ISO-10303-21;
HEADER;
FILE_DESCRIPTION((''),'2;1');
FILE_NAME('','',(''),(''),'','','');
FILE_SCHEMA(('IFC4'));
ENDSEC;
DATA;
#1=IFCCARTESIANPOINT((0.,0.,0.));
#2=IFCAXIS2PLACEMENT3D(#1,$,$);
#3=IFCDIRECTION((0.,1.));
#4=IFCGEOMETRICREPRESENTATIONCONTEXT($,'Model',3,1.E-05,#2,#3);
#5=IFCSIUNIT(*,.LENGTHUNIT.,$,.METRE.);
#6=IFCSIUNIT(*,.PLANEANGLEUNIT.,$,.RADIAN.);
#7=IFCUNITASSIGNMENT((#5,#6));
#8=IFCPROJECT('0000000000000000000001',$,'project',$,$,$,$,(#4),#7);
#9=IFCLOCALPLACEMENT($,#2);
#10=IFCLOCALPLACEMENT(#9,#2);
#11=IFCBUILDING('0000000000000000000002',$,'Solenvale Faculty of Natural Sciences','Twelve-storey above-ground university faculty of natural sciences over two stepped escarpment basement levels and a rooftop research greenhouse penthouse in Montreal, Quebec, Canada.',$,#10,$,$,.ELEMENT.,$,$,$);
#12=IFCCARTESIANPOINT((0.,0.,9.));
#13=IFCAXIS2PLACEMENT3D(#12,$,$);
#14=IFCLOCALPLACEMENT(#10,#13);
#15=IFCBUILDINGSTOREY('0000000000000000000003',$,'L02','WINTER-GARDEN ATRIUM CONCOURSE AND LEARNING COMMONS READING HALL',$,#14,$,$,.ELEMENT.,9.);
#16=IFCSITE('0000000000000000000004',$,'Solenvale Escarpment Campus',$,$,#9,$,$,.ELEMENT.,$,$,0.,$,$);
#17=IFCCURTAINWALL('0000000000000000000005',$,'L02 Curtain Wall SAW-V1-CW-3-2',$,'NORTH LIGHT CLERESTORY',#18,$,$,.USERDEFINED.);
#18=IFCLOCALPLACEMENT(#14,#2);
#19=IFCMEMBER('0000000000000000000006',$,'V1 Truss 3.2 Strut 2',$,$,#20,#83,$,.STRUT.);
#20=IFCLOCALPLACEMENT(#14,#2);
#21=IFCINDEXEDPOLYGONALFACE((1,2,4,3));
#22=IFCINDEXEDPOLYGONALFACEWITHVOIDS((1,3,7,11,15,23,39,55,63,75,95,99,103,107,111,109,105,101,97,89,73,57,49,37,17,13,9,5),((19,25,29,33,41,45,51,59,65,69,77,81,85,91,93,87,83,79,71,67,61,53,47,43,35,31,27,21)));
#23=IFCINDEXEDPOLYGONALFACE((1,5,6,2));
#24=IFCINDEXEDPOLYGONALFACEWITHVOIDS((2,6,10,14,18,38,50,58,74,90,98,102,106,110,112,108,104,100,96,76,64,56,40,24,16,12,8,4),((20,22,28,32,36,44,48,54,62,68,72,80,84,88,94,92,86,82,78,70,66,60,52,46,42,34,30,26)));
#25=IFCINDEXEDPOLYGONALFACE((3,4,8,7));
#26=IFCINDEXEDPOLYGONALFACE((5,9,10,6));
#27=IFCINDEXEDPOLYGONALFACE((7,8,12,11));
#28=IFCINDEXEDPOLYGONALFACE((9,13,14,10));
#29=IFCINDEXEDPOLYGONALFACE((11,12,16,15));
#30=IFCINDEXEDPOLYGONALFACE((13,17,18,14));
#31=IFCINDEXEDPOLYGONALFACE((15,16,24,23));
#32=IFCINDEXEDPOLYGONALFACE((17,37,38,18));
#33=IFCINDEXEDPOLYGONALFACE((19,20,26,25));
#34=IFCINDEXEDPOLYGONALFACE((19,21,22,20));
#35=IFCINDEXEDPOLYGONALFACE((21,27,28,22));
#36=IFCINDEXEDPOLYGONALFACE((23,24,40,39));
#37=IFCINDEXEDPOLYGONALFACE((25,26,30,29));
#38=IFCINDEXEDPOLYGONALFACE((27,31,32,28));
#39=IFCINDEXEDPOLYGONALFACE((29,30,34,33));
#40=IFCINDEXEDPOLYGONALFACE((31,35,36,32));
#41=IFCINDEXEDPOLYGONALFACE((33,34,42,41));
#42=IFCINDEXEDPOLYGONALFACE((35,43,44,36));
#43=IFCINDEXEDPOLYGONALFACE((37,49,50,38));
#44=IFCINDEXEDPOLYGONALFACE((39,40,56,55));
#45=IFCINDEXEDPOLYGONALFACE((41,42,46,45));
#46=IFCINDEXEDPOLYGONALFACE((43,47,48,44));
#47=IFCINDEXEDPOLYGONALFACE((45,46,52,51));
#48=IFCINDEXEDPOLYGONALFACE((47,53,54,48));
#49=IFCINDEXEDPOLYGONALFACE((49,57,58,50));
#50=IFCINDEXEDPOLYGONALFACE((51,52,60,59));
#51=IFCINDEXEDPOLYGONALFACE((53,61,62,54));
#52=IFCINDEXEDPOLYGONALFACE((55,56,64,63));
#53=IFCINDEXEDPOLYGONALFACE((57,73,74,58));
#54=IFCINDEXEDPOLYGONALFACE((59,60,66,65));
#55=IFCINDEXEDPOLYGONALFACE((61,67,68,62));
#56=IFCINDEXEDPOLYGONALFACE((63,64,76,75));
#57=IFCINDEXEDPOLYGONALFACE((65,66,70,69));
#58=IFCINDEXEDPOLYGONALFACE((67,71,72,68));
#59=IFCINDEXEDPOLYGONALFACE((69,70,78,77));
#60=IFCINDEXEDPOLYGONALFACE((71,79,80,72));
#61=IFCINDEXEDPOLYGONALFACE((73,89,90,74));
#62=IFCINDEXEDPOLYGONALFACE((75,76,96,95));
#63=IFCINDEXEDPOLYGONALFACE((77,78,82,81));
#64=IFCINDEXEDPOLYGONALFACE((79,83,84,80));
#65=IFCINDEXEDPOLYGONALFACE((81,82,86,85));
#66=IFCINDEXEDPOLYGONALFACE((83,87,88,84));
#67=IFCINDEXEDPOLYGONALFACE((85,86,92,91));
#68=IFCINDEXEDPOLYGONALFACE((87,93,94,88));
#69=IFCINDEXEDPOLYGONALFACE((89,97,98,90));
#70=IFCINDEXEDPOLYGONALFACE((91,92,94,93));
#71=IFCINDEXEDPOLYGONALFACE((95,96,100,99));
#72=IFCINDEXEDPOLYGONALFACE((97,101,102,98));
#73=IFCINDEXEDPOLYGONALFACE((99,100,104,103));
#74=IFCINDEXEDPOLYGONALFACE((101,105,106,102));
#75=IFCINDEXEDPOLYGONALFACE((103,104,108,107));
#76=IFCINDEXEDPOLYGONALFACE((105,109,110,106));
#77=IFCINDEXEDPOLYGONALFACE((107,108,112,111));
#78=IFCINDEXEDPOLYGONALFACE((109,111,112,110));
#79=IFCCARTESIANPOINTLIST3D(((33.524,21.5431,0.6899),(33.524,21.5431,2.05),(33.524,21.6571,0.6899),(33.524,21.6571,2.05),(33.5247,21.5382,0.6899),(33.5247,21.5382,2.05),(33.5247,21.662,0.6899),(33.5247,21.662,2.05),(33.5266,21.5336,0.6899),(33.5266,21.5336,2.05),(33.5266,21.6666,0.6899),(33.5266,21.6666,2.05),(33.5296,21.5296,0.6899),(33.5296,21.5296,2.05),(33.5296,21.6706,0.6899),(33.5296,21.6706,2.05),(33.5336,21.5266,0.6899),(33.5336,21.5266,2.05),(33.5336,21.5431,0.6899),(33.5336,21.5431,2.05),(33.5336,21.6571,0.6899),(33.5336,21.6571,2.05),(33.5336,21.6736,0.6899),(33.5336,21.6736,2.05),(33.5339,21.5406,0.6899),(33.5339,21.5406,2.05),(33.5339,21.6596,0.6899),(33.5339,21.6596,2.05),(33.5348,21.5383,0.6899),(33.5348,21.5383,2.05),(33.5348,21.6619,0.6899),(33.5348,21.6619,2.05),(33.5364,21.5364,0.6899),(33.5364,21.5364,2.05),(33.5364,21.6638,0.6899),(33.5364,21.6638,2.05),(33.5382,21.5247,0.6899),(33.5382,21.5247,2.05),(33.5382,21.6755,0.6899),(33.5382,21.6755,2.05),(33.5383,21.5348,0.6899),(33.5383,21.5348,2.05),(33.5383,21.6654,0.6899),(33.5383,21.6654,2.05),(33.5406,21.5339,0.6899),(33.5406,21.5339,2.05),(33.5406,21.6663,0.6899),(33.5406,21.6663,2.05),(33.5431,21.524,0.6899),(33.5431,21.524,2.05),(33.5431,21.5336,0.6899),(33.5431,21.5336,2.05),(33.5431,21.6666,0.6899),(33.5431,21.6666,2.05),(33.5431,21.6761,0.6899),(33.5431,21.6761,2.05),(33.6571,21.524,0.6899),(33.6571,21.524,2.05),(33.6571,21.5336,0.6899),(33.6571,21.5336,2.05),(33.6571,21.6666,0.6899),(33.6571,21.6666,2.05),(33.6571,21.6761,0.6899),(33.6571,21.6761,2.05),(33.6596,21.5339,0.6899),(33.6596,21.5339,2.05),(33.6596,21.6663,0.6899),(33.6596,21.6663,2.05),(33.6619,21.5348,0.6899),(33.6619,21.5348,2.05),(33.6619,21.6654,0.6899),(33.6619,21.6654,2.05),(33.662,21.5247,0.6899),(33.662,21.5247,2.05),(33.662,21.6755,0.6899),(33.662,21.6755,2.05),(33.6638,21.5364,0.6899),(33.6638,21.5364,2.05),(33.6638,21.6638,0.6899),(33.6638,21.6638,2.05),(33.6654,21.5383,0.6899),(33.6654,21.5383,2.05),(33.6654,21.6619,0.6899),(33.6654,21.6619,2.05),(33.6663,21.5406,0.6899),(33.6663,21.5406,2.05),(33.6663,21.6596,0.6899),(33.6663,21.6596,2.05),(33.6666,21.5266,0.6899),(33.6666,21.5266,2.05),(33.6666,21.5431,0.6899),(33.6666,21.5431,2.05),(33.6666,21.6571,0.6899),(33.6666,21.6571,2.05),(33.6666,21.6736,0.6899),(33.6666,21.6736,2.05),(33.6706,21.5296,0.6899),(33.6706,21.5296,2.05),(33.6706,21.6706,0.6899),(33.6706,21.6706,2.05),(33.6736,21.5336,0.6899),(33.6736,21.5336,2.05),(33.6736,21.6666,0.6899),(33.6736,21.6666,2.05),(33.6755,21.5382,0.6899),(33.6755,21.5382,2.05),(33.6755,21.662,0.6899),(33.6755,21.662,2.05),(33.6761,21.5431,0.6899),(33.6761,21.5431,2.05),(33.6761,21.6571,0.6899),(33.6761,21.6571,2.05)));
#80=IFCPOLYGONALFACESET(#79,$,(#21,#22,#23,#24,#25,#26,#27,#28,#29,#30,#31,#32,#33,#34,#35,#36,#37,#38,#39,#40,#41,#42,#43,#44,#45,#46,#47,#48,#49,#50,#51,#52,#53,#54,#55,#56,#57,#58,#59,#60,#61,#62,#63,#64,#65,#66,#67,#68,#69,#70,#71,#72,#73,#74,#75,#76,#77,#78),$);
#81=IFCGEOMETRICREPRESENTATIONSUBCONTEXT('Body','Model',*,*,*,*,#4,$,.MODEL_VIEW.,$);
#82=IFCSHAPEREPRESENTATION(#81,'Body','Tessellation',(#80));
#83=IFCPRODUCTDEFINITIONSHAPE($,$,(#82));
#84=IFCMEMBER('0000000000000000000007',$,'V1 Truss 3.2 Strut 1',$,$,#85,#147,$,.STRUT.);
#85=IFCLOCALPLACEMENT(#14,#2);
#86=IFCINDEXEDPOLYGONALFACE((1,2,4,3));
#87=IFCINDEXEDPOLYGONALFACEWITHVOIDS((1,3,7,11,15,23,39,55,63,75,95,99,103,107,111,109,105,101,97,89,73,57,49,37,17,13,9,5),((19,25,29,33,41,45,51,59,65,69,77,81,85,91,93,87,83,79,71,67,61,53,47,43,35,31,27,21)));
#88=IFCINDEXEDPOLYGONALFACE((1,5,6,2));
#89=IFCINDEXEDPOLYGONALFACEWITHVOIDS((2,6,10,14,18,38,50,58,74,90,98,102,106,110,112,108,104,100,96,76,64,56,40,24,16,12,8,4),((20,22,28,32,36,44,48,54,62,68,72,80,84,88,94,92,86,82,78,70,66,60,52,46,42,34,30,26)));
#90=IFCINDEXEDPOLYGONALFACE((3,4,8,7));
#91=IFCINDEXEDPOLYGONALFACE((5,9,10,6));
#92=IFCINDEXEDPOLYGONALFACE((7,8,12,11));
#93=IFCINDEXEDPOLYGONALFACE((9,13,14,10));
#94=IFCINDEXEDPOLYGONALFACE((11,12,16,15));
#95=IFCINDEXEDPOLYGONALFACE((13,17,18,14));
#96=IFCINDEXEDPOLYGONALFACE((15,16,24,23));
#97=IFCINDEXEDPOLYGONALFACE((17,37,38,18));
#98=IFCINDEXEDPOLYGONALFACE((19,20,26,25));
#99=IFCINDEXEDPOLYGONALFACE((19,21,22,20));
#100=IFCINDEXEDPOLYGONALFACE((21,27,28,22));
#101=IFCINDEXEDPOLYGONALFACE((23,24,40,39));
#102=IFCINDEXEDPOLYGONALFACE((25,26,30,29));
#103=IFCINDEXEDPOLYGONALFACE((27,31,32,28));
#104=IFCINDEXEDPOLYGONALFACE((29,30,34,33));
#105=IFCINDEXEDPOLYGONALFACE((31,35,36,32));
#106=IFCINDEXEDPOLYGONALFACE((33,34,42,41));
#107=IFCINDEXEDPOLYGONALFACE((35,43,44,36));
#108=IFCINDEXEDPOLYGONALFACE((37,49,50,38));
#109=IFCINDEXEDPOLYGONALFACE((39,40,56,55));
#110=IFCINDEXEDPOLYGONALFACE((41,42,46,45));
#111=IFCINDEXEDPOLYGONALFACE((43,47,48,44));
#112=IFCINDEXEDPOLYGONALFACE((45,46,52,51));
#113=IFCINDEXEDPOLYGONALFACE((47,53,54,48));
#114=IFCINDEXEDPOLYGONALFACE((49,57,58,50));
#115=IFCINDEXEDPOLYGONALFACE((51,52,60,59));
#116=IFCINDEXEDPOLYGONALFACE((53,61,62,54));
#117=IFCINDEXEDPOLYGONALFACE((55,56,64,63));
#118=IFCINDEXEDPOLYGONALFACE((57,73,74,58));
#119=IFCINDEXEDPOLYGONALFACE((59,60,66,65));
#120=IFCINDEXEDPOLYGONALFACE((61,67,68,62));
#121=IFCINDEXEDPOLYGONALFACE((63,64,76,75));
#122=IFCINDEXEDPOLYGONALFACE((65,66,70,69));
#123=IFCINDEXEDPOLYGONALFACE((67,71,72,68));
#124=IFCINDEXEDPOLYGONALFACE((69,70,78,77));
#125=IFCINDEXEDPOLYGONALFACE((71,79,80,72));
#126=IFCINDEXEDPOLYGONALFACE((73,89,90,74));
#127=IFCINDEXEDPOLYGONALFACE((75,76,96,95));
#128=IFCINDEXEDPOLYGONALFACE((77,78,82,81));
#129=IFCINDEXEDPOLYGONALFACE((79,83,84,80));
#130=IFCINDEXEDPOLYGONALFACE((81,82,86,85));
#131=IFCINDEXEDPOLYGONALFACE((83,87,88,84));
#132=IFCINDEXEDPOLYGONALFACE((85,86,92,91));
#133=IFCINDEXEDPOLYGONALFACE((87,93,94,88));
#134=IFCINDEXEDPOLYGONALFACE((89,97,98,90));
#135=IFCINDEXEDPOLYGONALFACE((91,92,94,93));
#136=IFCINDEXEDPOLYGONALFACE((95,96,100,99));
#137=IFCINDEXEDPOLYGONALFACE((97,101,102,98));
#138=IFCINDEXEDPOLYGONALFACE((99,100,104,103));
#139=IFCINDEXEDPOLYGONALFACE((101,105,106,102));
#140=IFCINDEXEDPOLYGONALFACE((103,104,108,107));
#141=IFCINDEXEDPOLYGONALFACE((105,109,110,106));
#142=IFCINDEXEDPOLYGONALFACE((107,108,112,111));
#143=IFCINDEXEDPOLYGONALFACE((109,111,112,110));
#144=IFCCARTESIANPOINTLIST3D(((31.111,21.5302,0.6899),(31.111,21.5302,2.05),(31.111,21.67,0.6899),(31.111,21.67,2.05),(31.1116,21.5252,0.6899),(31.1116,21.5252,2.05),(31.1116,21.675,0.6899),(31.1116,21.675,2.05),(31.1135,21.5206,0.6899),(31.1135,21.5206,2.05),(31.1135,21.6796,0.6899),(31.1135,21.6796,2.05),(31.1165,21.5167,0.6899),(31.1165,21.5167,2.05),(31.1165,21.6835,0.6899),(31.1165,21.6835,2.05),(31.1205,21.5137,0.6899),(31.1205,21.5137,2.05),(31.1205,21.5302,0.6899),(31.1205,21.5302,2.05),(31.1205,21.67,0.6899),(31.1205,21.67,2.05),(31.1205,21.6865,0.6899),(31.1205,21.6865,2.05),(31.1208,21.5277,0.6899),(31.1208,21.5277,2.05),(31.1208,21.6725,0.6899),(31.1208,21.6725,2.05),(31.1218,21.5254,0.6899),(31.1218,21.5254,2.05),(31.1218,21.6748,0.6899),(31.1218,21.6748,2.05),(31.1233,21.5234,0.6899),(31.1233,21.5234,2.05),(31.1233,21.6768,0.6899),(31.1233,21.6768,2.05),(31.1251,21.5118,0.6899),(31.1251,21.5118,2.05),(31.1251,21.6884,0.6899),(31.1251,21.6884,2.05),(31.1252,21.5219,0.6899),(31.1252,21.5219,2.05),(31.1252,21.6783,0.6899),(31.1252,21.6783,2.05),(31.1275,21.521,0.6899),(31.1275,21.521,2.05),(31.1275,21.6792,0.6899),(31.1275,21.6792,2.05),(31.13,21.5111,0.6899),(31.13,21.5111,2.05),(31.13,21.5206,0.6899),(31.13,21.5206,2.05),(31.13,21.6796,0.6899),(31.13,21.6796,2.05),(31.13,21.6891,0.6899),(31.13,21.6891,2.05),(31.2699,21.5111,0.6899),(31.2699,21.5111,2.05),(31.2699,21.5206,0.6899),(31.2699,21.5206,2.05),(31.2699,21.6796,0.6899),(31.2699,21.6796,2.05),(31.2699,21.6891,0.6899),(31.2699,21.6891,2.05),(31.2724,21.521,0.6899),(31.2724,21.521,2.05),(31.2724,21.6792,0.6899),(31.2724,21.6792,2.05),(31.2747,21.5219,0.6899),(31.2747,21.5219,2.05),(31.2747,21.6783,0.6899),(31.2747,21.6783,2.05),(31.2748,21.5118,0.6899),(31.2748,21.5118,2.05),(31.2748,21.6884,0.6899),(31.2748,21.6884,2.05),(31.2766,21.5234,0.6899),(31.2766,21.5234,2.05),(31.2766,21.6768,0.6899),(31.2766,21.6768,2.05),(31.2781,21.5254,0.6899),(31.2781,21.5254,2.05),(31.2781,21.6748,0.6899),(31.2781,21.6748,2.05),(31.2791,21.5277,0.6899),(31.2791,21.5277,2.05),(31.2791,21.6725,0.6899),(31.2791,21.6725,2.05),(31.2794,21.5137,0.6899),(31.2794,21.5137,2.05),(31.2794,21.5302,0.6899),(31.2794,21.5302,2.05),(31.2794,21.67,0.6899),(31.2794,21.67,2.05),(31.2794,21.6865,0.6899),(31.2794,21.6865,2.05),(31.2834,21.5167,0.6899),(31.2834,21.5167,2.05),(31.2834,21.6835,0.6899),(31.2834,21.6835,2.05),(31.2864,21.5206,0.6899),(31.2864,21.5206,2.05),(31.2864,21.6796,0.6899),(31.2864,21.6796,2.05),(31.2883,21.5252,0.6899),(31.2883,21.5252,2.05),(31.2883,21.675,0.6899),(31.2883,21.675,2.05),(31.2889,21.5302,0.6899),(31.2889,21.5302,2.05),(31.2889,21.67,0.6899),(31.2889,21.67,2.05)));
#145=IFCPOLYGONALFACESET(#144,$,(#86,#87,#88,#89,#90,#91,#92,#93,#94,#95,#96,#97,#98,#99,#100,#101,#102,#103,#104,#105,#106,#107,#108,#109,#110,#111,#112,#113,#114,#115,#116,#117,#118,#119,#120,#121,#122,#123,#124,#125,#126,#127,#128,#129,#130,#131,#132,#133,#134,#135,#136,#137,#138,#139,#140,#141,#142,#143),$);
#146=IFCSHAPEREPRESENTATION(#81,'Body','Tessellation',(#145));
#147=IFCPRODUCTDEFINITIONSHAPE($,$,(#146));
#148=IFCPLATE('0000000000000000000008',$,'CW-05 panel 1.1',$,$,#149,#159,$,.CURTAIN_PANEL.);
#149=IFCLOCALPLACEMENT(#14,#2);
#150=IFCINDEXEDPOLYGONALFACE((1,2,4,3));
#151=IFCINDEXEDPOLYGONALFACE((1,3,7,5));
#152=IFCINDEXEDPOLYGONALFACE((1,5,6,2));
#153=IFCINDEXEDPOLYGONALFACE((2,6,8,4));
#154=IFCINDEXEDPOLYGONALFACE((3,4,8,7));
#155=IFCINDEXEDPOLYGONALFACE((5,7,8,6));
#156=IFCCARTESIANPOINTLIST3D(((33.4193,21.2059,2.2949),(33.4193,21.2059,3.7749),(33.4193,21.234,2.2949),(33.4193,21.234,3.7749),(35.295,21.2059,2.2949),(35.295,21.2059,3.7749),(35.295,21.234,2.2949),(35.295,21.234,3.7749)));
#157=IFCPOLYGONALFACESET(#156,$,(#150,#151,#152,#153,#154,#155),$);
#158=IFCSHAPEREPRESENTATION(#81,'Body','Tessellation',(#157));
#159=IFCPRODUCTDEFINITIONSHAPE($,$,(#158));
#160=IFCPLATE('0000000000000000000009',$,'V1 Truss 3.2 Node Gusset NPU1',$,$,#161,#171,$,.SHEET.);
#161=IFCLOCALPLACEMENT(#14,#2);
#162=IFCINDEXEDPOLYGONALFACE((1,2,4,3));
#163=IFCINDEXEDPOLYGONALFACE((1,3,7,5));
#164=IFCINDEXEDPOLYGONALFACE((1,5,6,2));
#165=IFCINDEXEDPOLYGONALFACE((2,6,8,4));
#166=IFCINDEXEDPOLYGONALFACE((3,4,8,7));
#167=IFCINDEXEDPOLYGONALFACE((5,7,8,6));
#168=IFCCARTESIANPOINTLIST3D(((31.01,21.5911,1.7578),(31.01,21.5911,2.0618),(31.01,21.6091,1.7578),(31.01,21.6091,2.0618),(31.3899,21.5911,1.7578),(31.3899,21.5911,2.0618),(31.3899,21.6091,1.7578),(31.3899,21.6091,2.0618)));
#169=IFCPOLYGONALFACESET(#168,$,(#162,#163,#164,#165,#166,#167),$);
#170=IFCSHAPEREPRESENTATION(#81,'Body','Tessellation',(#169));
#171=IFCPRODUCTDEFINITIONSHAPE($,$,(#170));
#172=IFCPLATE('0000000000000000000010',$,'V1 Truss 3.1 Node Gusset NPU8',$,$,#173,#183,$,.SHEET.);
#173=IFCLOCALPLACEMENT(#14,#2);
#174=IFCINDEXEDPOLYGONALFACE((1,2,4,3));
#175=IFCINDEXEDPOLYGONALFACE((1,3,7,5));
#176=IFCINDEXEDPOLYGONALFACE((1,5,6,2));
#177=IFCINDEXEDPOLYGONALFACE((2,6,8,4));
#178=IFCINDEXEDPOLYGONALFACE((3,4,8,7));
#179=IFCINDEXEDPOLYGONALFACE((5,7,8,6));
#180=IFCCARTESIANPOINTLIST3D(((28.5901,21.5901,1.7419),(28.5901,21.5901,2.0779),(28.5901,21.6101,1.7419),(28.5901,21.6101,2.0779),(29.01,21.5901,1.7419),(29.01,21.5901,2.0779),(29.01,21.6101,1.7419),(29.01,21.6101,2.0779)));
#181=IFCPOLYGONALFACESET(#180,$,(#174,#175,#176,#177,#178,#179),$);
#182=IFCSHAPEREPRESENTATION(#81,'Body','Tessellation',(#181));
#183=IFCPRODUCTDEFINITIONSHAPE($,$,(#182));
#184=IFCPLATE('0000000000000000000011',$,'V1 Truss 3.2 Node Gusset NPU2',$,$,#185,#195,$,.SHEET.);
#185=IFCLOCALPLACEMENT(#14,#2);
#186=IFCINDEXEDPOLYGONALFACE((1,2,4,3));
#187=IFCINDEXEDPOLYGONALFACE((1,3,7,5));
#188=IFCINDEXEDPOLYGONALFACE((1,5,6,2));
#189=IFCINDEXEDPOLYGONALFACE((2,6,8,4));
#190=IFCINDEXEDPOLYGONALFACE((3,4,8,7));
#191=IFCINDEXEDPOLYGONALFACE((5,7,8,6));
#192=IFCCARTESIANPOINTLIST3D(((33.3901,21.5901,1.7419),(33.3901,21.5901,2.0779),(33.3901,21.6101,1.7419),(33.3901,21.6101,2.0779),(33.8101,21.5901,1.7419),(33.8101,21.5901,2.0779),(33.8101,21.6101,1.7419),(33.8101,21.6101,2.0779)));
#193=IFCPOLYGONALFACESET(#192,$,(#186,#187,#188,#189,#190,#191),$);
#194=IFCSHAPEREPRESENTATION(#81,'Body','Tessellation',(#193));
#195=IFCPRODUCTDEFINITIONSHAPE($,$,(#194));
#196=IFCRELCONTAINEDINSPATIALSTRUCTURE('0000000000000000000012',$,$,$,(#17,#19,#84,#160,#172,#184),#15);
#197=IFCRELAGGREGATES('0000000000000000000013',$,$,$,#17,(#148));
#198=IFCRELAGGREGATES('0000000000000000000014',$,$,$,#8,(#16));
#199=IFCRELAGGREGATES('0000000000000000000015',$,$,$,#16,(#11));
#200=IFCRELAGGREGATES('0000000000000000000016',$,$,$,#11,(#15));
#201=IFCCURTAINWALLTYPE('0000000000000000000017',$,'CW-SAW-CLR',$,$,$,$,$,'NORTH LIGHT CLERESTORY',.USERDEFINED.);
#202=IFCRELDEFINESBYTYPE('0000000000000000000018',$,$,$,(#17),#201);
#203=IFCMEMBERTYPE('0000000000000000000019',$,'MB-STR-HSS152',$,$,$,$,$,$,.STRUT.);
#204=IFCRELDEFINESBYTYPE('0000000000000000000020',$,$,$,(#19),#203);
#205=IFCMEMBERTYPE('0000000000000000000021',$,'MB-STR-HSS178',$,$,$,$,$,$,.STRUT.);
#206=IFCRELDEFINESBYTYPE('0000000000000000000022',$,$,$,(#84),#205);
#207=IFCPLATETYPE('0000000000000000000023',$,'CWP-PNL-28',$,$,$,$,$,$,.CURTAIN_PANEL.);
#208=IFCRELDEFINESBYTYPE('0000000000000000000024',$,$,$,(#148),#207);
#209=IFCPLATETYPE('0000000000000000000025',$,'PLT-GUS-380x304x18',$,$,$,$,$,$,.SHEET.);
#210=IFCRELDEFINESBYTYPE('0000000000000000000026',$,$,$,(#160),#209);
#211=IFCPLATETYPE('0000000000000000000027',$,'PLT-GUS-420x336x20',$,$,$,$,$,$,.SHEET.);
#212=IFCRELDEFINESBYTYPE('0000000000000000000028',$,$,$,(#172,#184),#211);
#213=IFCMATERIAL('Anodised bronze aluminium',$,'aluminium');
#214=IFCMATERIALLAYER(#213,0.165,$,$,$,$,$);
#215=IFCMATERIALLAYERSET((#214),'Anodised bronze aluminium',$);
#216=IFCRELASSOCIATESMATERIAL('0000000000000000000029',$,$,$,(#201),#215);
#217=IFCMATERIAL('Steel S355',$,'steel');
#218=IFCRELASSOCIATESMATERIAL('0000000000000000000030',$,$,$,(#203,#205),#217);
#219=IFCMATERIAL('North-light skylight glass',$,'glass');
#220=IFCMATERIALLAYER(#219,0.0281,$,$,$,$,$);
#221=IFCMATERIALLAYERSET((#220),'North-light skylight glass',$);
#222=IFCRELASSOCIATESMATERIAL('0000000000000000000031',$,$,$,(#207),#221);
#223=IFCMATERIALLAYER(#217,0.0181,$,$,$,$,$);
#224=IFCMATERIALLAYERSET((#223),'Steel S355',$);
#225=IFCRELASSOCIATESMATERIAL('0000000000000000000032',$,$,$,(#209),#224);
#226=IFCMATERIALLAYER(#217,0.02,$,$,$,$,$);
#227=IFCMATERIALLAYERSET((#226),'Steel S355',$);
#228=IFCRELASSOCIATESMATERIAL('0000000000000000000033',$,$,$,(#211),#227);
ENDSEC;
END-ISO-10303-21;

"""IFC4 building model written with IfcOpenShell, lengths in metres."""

from ifc_helpers import new_model, si_unit, direction, frame, origin, origin_2d, place, context, subcontext, project, spatial, rectangle, hollow_rectangle, extrude, material, layer, layer_set, material_profile, profile_set, type_object, element, aggregate, save


model = new_model("IFC4")

# Units and contexts
model_context = context("Model", 3, precision=1e-05, world=origin(), true_north=direction((0.0, 1.0)))
body_context = subcontext(model_context, "Body", "Model", "MODEL_VIEW")
ifc_project = project(units=[si_unit("LENGTHUNIT", "METRE"), si_unit("PLANEANGLEUNIT", "RADIAN")], contexts=[model_context])

# Site, building, storey
site_placement = place(None, origin())
site = spatial("IfcSite", under=ifc_project, at=site_placement, Name="Solenvale Escarpment Campus", CompositionType="ELEMENT", RefElevation=0.0)
building_placement = place(site_placement, origin())
building = spatial("IfcBuilding", under=site, at=building_placement, Name="Solenvale Faculty of Natural Sciences", Description="Twelve-storey above-ground university faculty of natural sciences over two stepped escarpment basement levels and a rooftop research greenhouse penthouse in Montreal, Quebec, Canada.", CompositionType="ELEMENT")
storey_placement = place(building_placement, frame((0.0, 0.0, 9.0)))
storey = spatial("IfcBuildingStorey", under=building, at=storey_placement, Name="L02", Description="WINTER-GARDEN ATRIUM CONCOURSE AND LEARNING COMMONS READING HALL", CompositionType="ELEMENT", Elevation=9.0)

# Shared definitions
ifc_material_1 = material(Name="Steel S355", Category="steel")

# Curtain wall
ifc_material_2 = material(Name="Anodised bronze aluminium", Category="aluminium")
ifc_layer_1 = layer(ifc_material_2, 0.165)
ifc_layer_set_1 = layer_set([ifc_layer_1], Name="Anodised bronze aluminium")
curtain_wall_type = type_object("IfcCurtainWallType", Name="CW-SAW-CLR", ElementType="NORTH LIGHT CLERESTORY", PredefinedType="USERDEFINED", material=ifc_layer_set_1)
curtain_wall_placement = place(storey_placement, origin())
curtain_wall = element("IfcCurtainWall", 1, at=curtain_wall_placement, inside=storey, type_object=curtain_wall_type, Name="L02 Curtain Wall SAW-V1-CW-3-2", ObjectType="NORTH LIGHT CLERESTORY", PredefinedType="USERDEFINED")

# Members
ifc_material_profile_1 = material_profile(ifc_material_1, hollow_rectangle(XDim=0.1521, YDim=0.1521, WallThickness=0.0095, InnerFilletRadius=0.0095, OuterFilletRadius=0.019, at=origin_2d()), Name="HSS152x152x9.5")
ifc_profile_set_1 = profile_set([ifc_material_profile_1], Name="Steel S355")
member_type_1 = type_object("IfcMemberType", Name="MB-STR-HSS152", PredefinedType="STRUT", material=ifc_profile_set_1)
for number, where, z_axis, x_axis, name in (
    (2, (33.6001, 21.6001, 0.6899), (0.0, 0.0, 1.0), (1.0, 0.0, 0.0), "V1 Truss 3.2 Strut 2"),
):
    element("IfcMember", number, at=place(storey_placement, frame(where, z_axis=z_axis, x_axis=x_axis)), inside=storey, type_object=member_type_1, Name=name, PredefinedType="STRUT", context=body_context, shape_type="SweptSolid", body=[
        extrude(hollow_rectangle(XDim=0.1521, YDim=0.1521, WallThickness=0.0095, InnerFilletRadius=0.0095, OuterFilletRadius=0.019, at=origin_2d()), origin(), (0.0, 0.0, 1.0), 1.3601),
    ])
ifc_material_profile_2 = material_profile(ifc_material_1, hollow_rectangle(XDim=0.178, YDim=0.178, WallThickness=0.0095, InnerFilletRadius=0.0095, OuterFilletRadius=0.019, at=origin_2d()), Name="HSS178x178x9.5")
ifc_profile_set_2 = profile_set([ifc_material_profile_2], Name="Steel S355")
member_type_2 = type_object("IfcMemberType", Name="MB-STR-HSS178", PredefinedType="STRUT", material=ifc_profile_set_2)
member_1_placement = place(storey_placement, frame((31.2, 21.6001, 0.6899), z_axis=(0.0, 0.0, 1.0), x_axis=(1.0, 0.0, 0.0)))
element("IfcMember", 3, at=member_1_placement, inside=storey, type_object=member_type_2, Name="V1 Truss 3.2 Strut 1", PredefinedType="STRUT", context=body_context, shape_type="SweptSolid", body=[
    extrude(hollow_rectangle(XDim=0.178, YDim=0.178, WallThickness=0.0095, InnerFilletRadius=0.0095, OuterFilletRadius=0.019, at=origin_2d()), origin(), (0.0, 0.0, 1.0), 1.3601),
])

# Plate
ifc_material_3 = material(Name="North-light skylight glass", Category="glass")
ifc_layer_2 = layer(ifc_material_3, 0.0281)
ifc_layer_set_2 = layer_set([ifc_layer_2], Name="North-light skylight glass")
plate_type_1 = type_object("IfcPlateType", Name="CWP-PNL-28", PredefinedType="CURTAIN_PANEL", material=ifc_layer_set_2)
plate_1_placement = place(storey_placement, frame((34.3572, 21.22, 2.2949), z_axis=(0.0, 0.0, 1.0), x_axis=(-1.0, 0.0, 0.0)))
plate_1 = element("IfcPlate", 4, at=plate_1_placement, type_object=plate_type_1, Name="CW-05 panel 1.1", PredefinedType="CURTAIN_PANEL", context=body_context, shape_type="SweptSolid", body=[
    extrude(rectangle(XDim=1.8757, YDim=0.0281, at=origin_2d()), origin(), (0.0, 0.0, 1.0), 1.48),
])
aggregate(curtain_wall, [plate_1])

# Plates
ifc_layer_3 = layer(ifc_material_1, 0.0181)
ifc_layer_set_3 = layer_set([ifc_layer_3], Name="Steel S355")
plate_type_2 = type_object("IfcPlateType", Name="PLT-GUS-380x304x18", PredefinedType="SHEET", material=ifc_layer_set_3)
plate_2_placement = place(storey_placement, frame((31.2, 21.6001, 1.7578), z_axis=(0.0, 0.0, 1.0), x_axis=(1.0, 0.0, 0.0)))
element("IfcPlate", 5, at=plate_2_placement, inside=storey, type_object=plate_type_2, Name="V1 Truss 3.2 Node Gusset NPU1", PredefinedType="SHEET", context=body_context, shape_type="SweptSolid", body=[
    extrude(rectangle(XDim=0.3799, YDim=0.0181, at=origin_2d()), origin(), (0.0, 0.0, 1.0), 0.304),
])
ifc_layer_4 = layer(ifc_material_1, 0.02)
ifc_layer_set_4 = layer_set([ifc_layer_4], Name="Steel S355")
plate_type_3 = type_object("IfcPlateType", Name="PLT-GUS-420x336x20", PredefinedType="SHEET", material=ifc_layer_set_4)
for number, where, z_axis, x_axis, name in (
    (6, (28.8, 21.6001, 1.7419), (0.0, 0.0, 1.0), (1.0, 0.0, 0.0), "V1 Truss 3.1 Node Gusset NPU8"),
    (7, (33.6001, 21.6001, 1.7419), (0.0, 0.0, 1.0), (1.0, 0.0, 0.0), "V1 Truss 3.2 Node Gusset NPU2"),
):
    element("IfcPlate", number, at=place(storey_placement, frame(where, z_axis=z_axis, x_axis=x_axis)), inside=storey, type_object=plate_type_3, Name=name, PredefinedType="SHEET", context=body_context, shape_type="SweptSolid", body=[
        extrude(rectangle(XDim=0.4199, YDim=0.02, at=origin_2d()), origin(), (0.0, 0.0, 1.0), 0.3359),
    ])

save(model, "model.ifc")
